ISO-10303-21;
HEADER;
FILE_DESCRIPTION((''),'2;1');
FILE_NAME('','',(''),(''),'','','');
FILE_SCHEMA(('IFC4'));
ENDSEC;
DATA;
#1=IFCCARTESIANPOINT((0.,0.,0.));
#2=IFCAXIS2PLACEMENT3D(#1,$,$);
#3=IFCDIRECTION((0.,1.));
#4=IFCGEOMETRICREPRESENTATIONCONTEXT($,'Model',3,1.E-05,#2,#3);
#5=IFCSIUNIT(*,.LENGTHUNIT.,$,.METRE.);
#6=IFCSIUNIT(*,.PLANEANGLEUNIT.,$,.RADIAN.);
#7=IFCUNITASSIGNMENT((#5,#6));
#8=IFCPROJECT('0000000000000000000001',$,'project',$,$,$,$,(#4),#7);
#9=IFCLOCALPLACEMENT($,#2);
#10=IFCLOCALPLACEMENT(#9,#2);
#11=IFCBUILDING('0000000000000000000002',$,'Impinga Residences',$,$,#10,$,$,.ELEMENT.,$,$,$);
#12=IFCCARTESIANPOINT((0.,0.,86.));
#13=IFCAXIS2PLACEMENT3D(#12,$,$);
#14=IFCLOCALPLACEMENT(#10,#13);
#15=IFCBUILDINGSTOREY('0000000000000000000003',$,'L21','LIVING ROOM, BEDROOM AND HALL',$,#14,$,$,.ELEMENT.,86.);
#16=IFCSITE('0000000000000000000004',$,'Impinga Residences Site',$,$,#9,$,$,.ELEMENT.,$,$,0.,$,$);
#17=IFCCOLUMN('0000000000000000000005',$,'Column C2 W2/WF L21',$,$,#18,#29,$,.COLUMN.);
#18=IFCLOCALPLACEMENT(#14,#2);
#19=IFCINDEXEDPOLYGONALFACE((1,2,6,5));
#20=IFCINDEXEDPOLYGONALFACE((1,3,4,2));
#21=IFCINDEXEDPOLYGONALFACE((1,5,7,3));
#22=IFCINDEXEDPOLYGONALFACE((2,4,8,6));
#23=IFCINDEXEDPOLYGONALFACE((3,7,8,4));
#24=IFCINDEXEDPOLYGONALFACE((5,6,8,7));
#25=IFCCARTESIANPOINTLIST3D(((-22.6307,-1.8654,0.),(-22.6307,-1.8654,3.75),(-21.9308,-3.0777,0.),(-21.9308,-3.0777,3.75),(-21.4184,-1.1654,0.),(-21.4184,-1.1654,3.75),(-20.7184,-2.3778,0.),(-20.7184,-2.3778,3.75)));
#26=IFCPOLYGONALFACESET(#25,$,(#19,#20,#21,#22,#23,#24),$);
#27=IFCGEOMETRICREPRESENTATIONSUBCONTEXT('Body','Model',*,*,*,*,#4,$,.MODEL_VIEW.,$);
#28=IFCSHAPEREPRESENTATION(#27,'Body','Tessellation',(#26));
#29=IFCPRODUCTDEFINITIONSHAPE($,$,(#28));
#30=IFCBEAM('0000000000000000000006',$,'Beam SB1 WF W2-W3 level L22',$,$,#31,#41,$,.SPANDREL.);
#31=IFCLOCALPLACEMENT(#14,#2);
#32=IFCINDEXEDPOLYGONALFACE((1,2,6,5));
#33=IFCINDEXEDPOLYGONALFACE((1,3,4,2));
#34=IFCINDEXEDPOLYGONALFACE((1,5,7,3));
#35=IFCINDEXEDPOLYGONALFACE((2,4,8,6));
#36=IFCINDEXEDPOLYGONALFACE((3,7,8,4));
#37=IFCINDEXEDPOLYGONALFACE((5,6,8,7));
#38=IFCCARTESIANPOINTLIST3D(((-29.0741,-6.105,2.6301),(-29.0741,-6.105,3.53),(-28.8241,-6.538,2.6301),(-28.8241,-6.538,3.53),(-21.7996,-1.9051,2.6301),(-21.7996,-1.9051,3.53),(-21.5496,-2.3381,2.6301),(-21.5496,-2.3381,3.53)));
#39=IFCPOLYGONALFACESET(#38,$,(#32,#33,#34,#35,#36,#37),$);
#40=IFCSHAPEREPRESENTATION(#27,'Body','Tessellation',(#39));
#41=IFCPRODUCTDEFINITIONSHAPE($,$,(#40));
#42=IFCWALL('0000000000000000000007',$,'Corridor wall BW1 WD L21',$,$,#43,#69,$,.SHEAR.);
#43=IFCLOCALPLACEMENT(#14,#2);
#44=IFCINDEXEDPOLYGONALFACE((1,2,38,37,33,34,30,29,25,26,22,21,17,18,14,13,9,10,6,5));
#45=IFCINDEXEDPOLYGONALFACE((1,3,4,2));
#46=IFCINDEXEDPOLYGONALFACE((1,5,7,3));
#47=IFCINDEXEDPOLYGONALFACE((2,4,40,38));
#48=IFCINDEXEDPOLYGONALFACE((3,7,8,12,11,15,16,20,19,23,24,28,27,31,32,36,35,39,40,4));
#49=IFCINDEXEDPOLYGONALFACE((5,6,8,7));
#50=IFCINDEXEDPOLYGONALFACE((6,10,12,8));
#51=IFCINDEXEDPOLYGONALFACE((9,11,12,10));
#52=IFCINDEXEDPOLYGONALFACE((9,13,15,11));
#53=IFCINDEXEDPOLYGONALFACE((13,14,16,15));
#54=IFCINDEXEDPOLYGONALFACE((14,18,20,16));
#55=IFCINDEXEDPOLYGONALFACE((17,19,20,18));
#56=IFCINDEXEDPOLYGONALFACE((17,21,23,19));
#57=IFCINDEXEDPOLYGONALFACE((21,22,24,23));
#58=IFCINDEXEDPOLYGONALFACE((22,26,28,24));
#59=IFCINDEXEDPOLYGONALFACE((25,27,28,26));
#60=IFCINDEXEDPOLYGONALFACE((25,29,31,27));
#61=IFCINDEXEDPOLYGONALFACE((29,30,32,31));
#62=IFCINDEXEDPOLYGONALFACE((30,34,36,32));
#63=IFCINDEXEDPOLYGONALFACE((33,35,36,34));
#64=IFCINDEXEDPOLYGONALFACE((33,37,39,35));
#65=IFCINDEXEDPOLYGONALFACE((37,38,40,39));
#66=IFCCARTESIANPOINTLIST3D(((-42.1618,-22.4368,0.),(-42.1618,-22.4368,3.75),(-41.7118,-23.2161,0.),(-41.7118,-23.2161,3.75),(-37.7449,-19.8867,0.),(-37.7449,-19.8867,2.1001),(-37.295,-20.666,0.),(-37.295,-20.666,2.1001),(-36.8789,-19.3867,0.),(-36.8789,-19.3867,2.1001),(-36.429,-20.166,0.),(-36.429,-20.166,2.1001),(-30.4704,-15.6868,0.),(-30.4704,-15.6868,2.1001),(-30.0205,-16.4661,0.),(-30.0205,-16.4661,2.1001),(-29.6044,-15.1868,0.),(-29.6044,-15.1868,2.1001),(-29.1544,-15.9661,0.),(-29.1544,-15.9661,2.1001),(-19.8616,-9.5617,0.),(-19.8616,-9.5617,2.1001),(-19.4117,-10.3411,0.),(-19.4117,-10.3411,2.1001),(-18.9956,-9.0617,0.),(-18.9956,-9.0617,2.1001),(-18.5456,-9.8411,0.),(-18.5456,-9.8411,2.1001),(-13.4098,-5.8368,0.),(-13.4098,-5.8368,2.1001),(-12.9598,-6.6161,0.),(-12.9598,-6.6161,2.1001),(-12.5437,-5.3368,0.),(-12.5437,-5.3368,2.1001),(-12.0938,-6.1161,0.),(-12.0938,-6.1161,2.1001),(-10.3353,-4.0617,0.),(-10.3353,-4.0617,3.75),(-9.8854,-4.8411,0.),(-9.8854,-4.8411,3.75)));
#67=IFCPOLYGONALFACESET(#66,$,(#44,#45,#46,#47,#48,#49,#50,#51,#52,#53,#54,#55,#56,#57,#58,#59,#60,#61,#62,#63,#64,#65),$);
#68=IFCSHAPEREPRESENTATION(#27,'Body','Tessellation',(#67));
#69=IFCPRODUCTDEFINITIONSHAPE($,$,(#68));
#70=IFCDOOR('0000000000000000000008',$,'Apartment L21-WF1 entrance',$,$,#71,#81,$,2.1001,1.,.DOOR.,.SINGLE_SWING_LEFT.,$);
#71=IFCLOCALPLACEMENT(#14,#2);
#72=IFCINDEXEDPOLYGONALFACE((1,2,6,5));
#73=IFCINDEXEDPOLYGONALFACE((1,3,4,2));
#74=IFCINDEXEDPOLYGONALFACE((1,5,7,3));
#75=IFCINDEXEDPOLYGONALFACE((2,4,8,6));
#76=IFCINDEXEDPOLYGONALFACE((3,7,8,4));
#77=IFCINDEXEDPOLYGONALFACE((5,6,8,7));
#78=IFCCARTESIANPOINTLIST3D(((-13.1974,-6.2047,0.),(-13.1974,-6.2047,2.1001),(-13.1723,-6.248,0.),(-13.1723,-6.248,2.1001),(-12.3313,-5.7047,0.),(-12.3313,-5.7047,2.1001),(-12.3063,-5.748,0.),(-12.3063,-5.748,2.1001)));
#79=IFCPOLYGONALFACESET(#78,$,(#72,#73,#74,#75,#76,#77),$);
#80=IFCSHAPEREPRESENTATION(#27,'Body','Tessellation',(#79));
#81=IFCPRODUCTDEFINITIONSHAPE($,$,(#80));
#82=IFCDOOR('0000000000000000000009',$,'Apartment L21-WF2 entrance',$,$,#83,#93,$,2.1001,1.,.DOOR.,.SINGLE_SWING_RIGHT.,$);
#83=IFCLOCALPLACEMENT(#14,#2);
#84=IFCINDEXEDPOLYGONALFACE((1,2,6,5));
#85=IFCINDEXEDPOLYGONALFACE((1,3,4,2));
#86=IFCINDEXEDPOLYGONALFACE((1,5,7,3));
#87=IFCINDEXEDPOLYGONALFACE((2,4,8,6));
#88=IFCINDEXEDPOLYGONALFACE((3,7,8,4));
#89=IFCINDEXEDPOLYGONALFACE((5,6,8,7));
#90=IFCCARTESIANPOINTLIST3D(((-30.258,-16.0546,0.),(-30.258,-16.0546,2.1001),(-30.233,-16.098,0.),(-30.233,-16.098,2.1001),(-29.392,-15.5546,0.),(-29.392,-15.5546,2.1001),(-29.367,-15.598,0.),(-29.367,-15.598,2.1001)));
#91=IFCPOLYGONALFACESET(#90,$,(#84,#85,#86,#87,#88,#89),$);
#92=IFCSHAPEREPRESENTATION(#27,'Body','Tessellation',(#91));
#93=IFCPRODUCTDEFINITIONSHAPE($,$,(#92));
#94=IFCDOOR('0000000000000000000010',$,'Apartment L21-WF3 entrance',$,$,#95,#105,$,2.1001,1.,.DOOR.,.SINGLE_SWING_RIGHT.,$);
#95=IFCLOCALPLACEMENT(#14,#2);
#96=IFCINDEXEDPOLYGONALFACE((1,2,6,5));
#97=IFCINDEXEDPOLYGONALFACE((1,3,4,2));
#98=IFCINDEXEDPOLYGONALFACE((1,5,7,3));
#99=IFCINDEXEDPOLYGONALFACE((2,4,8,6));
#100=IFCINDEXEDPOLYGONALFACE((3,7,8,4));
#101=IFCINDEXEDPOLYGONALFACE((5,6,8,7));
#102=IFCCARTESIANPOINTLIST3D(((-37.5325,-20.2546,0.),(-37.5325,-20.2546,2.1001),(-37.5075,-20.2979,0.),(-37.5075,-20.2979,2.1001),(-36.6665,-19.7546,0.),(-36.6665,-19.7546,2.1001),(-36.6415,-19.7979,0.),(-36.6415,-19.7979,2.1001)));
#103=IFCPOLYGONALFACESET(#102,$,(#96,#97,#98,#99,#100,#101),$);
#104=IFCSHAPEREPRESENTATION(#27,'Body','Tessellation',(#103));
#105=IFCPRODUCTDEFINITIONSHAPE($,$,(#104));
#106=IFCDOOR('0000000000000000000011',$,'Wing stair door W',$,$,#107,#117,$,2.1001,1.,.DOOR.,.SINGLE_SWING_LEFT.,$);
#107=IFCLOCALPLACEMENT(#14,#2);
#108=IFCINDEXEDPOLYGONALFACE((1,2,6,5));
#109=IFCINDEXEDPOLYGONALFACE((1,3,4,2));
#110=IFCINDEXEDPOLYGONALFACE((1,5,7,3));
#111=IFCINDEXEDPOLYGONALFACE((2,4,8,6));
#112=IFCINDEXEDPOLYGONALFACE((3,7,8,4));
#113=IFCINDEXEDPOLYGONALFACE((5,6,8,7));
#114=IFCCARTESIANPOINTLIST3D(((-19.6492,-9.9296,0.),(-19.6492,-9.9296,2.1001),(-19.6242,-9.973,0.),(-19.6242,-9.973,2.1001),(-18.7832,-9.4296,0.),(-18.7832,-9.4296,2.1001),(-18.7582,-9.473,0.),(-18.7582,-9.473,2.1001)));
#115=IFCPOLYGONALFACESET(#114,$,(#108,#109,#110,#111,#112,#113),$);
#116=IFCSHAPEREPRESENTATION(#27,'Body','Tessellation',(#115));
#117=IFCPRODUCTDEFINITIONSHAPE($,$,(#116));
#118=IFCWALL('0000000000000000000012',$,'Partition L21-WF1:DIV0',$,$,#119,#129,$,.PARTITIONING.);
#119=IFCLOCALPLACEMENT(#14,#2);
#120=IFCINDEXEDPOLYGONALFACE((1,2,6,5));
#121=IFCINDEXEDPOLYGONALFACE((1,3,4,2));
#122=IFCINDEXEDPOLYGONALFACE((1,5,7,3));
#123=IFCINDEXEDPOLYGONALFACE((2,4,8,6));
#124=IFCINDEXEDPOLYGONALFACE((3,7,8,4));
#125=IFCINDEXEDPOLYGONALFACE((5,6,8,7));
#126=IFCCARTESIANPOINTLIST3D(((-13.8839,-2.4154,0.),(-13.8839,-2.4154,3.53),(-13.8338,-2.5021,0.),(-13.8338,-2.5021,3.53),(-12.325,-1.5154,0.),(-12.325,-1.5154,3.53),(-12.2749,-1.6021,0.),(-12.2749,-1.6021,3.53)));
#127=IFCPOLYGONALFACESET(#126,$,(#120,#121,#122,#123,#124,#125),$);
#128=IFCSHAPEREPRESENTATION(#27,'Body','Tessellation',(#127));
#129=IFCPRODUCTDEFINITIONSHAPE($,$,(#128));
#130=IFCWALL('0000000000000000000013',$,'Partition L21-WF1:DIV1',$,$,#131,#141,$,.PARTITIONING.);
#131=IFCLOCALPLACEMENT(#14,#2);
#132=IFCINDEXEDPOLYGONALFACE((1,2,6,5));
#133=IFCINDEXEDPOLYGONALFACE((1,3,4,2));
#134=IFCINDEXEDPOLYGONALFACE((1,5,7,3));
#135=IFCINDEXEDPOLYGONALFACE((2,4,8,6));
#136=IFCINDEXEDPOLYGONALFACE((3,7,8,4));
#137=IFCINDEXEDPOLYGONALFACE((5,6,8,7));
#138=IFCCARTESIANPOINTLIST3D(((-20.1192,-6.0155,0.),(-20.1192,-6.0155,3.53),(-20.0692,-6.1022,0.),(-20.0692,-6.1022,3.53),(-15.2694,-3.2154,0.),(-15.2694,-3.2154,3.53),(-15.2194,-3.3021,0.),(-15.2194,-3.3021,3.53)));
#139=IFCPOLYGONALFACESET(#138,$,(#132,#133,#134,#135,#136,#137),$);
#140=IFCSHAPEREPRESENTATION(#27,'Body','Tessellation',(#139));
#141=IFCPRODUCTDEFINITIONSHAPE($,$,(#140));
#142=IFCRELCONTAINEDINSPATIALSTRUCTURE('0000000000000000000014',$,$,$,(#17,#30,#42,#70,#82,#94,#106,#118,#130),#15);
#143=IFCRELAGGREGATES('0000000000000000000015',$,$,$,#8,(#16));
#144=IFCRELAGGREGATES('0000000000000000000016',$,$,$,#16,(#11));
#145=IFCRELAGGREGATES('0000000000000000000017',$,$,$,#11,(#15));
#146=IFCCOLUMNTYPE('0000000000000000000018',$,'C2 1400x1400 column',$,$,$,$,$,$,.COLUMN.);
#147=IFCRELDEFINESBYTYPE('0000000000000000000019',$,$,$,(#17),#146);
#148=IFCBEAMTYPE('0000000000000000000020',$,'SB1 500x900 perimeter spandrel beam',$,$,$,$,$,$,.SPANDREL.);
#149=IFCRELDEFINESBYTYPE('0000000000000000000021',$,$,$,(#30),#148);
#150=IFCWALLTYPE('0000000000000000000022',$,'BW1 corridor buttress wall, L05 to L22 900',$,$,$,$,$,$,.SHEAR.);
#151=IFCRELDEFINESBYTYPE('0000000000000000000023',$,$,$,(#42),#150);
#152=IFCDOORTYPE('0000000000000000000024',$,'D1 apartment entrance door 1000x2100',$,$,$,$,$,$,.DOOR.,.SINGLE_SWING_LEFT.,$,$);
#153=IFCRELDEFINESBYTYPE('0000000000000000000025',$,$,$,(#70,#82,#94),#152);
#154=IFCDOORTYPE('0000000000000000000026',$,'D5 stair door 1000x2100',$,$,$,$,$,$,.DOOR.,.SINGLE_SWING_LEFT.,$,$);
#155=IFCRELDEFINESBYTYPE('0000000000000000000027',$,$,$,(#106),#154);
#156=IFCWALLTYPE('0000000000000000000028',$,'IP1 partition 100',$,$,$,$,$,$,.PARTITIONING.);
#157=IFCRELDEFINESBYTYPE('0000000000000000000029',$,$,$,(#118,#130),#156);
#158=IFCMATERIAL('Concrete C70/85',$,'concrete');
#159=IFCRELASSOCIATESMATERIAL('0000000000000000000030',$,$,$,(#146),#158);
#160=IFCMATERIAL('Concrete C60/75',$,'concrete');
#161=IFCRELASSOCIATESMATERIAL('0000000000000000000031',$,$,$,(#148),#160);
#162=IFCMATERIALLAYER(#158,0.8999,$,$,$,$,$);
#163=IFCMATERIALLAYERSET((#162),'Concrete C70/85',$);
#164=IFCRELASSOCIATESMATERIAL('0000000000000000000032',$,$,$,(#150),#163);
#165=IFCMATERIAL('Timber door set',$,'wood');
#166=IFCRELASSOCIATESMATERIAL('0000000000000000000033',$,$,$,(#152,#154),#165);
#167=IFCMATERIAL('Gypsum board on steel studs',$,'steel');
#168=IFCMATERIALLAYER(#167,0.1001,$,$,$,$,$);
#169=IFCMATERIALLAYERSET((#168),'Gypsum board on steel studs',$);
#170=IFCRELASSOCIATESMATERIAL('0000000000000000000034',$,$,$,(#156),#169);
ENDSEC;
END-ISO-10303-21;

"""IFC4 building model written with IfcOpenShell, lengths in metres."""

from ifc_helpers import new_model, si_unit, direction, frame, frame_2d, origin, origin_2d, place, context, subcontext, project, spatial, rectangle, extrude, material, layer, layer_set, material_profile, profile_set, type_object, element, fill, save


model = new_model("IFC4")

# Units and contexts
model_context = context("Model", 3, precision=1e-05, world=origin(), true_north=direction((0.0, 1.0)))
body_context = subcontext(model_context, "Body", "Model", "MODEL_VIEW")
ifc_project = project(units=[si_unit("LENGTHUNIT", "METRE"), si_unit("PLANEANGLEUNIT", "RADIAN")], contexts=[model_context])

# Site, building, storey
site_placement = place(None, origin())
site = spatial("IfcSite", under=ifc_project, at=site_placement, Name="Impinga Residences Site", CompositionType="ELEMENT", RefElevation=0.0)
building_placement = place(site_placement, origin())
building = spatial("IfcBuilding", under=site, at=building_placement, Name="Impinga Residences", CompositionType="ELEMENT")
storey_placement = place(building_placement, frame((0.0, 0.0, 86.0)))
storey = spatial("IfcBuildingStorey", under=building, at=storey_placement, Name="L21", Description="LIVING ROOM, BEDROOM AND HALL", CompositionType="ELEMENT", Elevation=86.0)

# Column
ifc_material_1 = material(Name="Concrete C70/85", Category="concrete")
ifc_material_profile_1 = material_profile(ifc_material_1, rectangle(XDim=1.3999, YDim=1.3999, at=origin_2d()), Name="RC 1400x1400")
ifc_profile_set_1 = profile_set([ifc_material_profile_1], Name="Concrete C70/85")
column_type = type_object("IfcColumnType", Name="C2 1400x1400 column", PredefinedType="COLUMN", material=ifc_profile_set_1)
column_placement = place(storey_placement, frame((-21.6746, -2.1216, 0.0), z_axis=(0.0, 0.0, 1.0), x_axis=(-0.5, 0.866025, 0.0)))
element("IfcColumn", 1, at=column_placement, inside=storey, type_object=column_type, Name="Column C2 W2/WF L21", PredefinedType="COLUMN", context=body_context, shape_type="SweptSolid", body=[
    extrude(rectangle(XDim=1.3999, YDim=1.3999, at=origin_2d()), origin(), (0.0, 0.0, 1.0), 3.75),
])

# Beam
ifc_material_2 = material(Name="Concrete C60/75", Category="concrete")
ifc_material_profile_2 = material_profile(ifc_material_2, rectangle(XDim=0.5, YDim=0.8999, at=origin_2d()), Name="RC 500x900")
ifc_profile_set_2 = profile_set([ifc_material_profile_2], Name="Concrete C60/75")
beam_type = type_object("IfcBeamType", Name="SB1 500x900 perimeter spandrel beam", PredefinedType="SPANDREL", material=ifc_profile_set_2)
beam_placement = place(storey_placement, frame((-21.6746, -2.1216, 3.0801), z_axis=(-0.866029, -0.499993, 0.0), x_axis=(0.499993, -0.866029, 0.0)))
element("IfcBeam", 2, at=beam_placement, inside=storey, type_object=beam_type, Name="Beam SB1 WF W2-W3 level L22", PredefinedType="SPANDREL", context=body_context, shape_type="SweptSolid", body=[
    extrude(rectangle(XDim=0.5, YDim=0.8999, at=origin_2d()), origin(), (0.0, 0.0, 1.0), 8.3999),
])

# Wall, openings, doors
ifc_layer_1 = layer(ifc_material_1, 0.8999)
ifc_layer_set_1 = layer_set([ifc_layer_1], Name="Concrete C70/85")
wall_type_1 = type_object("IfcWallType", Name="BW1 corridor buttress wall, L05 to L22 900", PredefinedType="SHEAR", material=ifc_layer_set_1)
wall_1_placement = place(storey_placement, frame((-10.1104, -4.4514, 0.0), z_axis=(0.0, 0.0, 1.0), x_axis=(-0.866025, -0.5, 0.0)))
wall_1 = element("IfcWall", 3, at=wall_1_placement, inside=storey, type_object=wall_type_1, Name="Corridor wall BW1 WD L21", PredefinedType="SHEAR", context=body_context, shape_type="SweptSolid", body=[
    extrude(rectangle(XDim=36.75, YDim=0.8999, at=frame_2d((18.375, 0.0))), origin(), (0.0, 0.0, 1.0), 3.75),
])
opening_1_placement = place(wall_1_placement, frame((10.0, 0.0, 0.0)))
opening_1 = element("IfcOpeningElement", 4, at=opening_1_placement, cuts=wall_1, PredefinedType="OPENING", context=body_context, shape_type="SweptSolid", body=[
    extrude(rectangle(XDim=1.0, YDim=2.1001, at=frame_2d((0.5, 1.05))), frame((0.0, 0.46, 0.0), z_axis=(0.0, -1.0, 0.0), x_axis=(1.0, 0.0, 0.0)), (0.0, 0.0, 1.0), 0.9199),
])
opening_2_placement = place(wall_1_placement, frame((2.55, 0.0, 0.0)))
opening_2 = element("IfcOpeningElement", 5, at=opening_2_placement, cuts=wall_1, PredefinedType="OPENING", context=body_context, shape_type="SweptSolid", body=[
    extrude(rectangle(XDim=1.0, YDim=2.1001, at=frame_2d((0.5, 1.05))), frame((0.0, 0.46, 0.0), z_axis=(0.0, -1.0, 0.0), x_axis=(1.0, 0.0, 0.0)), (0.0, 0.0, 1.0), 0.9199),
])
opening_3_placement = place(wall_1_placement, frame((22.25, 0.0, 0.0)))
opening_3 = element("IfcOpeningElement", 6, at=opening_3_placement, cuts=wall_1, PredefinedType="OPENING", context=body_context, shape_type="SweptSolid", body=[
    extrude(rectangle(XDim=1.0, YDim=2.1001, at=frame_2d((0.5, 1.05))), frame((0.0, 0.46, 0.0), z_axis=(0.0, -1.0, 0.0), x_axis=(1.0, 0.0, 0.0)), (0.0, 0.0, 1.0), 0.9199),
])
opening_4_placement = place(wall_1_placement, frame((30.6499, 0.0, 0.0)))
opening_4 = element("IfcOpeningElement", 7, at=opening_4_placement, cuts=wall_1, PredefinedType="OPENING", context=body_context, shape_type="SweptSolid", body=[
    extrude(rectangle(XDim=1.0, YDim=2.1001, at=frame_2d((0.5, 1.05))), frame((0.0, 0.46, 0.0), z_axis=(0.0, -1.0, 0.0), x_axis=(1.0, 0.0, 0.0)), (0.0, 0.0, 1.0), 0.9199),
])
ifc_material_3 = material(Name="Timber door set", Category="wood")
door_type_1 = type_object("IfcDoorType", Name="D1 apartment entrance door 1000x2100", OperationType="SINGLE_SWING_LEFT", PredefinedType="DOOR", material=ifc_material_3)
door_1_placement = place(opening_2_placement, origin())
door_1 = element("IfcDoor", 8, at=door_1_placement, inside=storey, type_object=door_type_1, Name="Apartment L21-WF1 entrance", OperationType="SINGLE_SWING_LEFT", OverallHeight=2.1001, OverallWidth=1.0, PredefinedType="DOOR", context=body_context, shape_type="SweptSolid", body=[
    extrude(rectangle(XDim=1.0, YDim=2.1001, at=frame_2d((0.5, 1.05))), frame((0.0, 0.0249, 0.0), z_axis=(0.0, -1.0, 0.0), x_axis=(1.0, 0.0, 0.0)), (0.0, 0.0, 1.0), 0.05),
])
fill(opening_2, door_1)
door_2_placement = place(opening_3_placement, origin())
door_2 = element("IfcDoor", 9, at=door_2_placement, inside=storey, type_object=door_type_1, Name="Apartment L21-WF2 entrance", OperationType="SINGLE_SWING_RIGHT", OverallHeight=2.1001, OverallWidth=1.0, PredefinedType="DOOR", context=body_context, shape_type="SweptSolid", body=[
    extrude(rectangle(XDim=1.0, YDim=2.1001, at=frame_2d((0.5, 1.05))), frame((0.0, 0.0249, 0.0), z_axis=(0.0, -1.0, 0.0), x_axis=(1.0, 0.0, 0.0)), (0.0, 0.0, 1.0), 0.05),
])
fill(opening_3, door_2)
door_3_placement = place(opening_4_placement, origin())
door_3 = element("IfcDoor", 10, at=door_3_placement, inside=storey, type_object=door_type_1, Name="Apartment L21-WF3 entrance", OperationType="SINGLE_SWING_RIGHT", OverallHeight=2.1001, OverallWidth=1.0, PredefinedType="DOOR", context=body_context, shape_type="SweptSolid", body=[
    extrude(rectangle(XDim=1.0, YDim=2.1001, at=frame_2d((0.5, 1.05))), frame((0.0, 0.0249, 0.0), z_axis=(0.0, -1.0, 0.0), x_axis=(1.0, 0.0, 0.0)), (0.0, 0.0, 1.0), 0.05),
])
fill(opening_4, door_3)
door_type_2 = type_object("IfcDoorType", Name="D5 stair door 1000x2100", OperationType="SINGLE_SWING_LEFT", PredefinedType="DOOR", material=ifc_material_3)
door_4_placement = place(opening_1_placement, origin())
door_4 = element("IfcDoor", 11, at=door_4_placement, inside=storey, type_object=door_type_2, Name="Wing stair door W", OperationType="SINGLE_SWING_LEFT", OverallHeight=2.1001, OverallWidth=1.0, PredefinedType="DOOR", context=body_context, shape_type="SweptSolid", body=[
    extrude(rectangle(XDim=1.0, YDim=2.1001, at=frame_2d((0.5, 1.05))), frame((0.0, 0.0249, 0.0), z_axis=(0.0, -1.0, 0.0), x_axis=(1.0, 0.0, 0.0)), (0.0, 0.0, 1.0), 0.05),
])
fill(opening_1, door_4)

# Walls
ifc_material_4 = material(Name="Gypsum board on steel studs", Category="steel")
ifc_layer_2 = layer(ifc_material_4, 0.1001)
ifc_layer_set_2 = layer_set([ifc_layer_2], Name="Gypsum board on steel studs")
wall_type_2 = type_object("IfcWallType", Name="IP1 partition 100", PredefinedType="PARTITIONING", material=ifc_layer_set_2)
wall_2_placement = place(storey_placement, frame((-12.3, -1.5588, 0.0), z_axis=(0.0, 0.0, 1.0), x_axis=(-0.866048, -0.499961, 0.0)))
element("IfcWall", 12, at=wall_2_placement, inside=storey, type_object=wall_type_2, Name="Partition L21-WF1:DIV0", PredefinedType="PARTITIONING", context=body_context, shape_type="SweptSolid", body=[
    extrude(rectangle(XDim=1.8, YDim=0.1001, at=frame_2d((0.8999, 0.0))), origin(), (0.0, 0.0, 1.0), 3.53),
])
wall_3_placement = place(storey_placement, frame((-15.2444, -3.2588, 0.0), z_axis=(0.0, 0.0, 1.0), x_axis=(-0.866027, -0.499998, 0.0)))
element("IfcWall", 13, at=wall_3_placement, inside=storey, type_object=wall_type_2, Name="Partition L21-WF1:DIV1", PredefinedType="PARTITIONING", context=body_context, shape_type="SweptSolid", body=[
    extrude(rectangle(XDim=5.6001, YDim=0.1001, at=frame_2d((2.8, 0.0))), origin(), (0.0, 0.0, 1.0), 3.53),
])

save(model, "model.ifc")
